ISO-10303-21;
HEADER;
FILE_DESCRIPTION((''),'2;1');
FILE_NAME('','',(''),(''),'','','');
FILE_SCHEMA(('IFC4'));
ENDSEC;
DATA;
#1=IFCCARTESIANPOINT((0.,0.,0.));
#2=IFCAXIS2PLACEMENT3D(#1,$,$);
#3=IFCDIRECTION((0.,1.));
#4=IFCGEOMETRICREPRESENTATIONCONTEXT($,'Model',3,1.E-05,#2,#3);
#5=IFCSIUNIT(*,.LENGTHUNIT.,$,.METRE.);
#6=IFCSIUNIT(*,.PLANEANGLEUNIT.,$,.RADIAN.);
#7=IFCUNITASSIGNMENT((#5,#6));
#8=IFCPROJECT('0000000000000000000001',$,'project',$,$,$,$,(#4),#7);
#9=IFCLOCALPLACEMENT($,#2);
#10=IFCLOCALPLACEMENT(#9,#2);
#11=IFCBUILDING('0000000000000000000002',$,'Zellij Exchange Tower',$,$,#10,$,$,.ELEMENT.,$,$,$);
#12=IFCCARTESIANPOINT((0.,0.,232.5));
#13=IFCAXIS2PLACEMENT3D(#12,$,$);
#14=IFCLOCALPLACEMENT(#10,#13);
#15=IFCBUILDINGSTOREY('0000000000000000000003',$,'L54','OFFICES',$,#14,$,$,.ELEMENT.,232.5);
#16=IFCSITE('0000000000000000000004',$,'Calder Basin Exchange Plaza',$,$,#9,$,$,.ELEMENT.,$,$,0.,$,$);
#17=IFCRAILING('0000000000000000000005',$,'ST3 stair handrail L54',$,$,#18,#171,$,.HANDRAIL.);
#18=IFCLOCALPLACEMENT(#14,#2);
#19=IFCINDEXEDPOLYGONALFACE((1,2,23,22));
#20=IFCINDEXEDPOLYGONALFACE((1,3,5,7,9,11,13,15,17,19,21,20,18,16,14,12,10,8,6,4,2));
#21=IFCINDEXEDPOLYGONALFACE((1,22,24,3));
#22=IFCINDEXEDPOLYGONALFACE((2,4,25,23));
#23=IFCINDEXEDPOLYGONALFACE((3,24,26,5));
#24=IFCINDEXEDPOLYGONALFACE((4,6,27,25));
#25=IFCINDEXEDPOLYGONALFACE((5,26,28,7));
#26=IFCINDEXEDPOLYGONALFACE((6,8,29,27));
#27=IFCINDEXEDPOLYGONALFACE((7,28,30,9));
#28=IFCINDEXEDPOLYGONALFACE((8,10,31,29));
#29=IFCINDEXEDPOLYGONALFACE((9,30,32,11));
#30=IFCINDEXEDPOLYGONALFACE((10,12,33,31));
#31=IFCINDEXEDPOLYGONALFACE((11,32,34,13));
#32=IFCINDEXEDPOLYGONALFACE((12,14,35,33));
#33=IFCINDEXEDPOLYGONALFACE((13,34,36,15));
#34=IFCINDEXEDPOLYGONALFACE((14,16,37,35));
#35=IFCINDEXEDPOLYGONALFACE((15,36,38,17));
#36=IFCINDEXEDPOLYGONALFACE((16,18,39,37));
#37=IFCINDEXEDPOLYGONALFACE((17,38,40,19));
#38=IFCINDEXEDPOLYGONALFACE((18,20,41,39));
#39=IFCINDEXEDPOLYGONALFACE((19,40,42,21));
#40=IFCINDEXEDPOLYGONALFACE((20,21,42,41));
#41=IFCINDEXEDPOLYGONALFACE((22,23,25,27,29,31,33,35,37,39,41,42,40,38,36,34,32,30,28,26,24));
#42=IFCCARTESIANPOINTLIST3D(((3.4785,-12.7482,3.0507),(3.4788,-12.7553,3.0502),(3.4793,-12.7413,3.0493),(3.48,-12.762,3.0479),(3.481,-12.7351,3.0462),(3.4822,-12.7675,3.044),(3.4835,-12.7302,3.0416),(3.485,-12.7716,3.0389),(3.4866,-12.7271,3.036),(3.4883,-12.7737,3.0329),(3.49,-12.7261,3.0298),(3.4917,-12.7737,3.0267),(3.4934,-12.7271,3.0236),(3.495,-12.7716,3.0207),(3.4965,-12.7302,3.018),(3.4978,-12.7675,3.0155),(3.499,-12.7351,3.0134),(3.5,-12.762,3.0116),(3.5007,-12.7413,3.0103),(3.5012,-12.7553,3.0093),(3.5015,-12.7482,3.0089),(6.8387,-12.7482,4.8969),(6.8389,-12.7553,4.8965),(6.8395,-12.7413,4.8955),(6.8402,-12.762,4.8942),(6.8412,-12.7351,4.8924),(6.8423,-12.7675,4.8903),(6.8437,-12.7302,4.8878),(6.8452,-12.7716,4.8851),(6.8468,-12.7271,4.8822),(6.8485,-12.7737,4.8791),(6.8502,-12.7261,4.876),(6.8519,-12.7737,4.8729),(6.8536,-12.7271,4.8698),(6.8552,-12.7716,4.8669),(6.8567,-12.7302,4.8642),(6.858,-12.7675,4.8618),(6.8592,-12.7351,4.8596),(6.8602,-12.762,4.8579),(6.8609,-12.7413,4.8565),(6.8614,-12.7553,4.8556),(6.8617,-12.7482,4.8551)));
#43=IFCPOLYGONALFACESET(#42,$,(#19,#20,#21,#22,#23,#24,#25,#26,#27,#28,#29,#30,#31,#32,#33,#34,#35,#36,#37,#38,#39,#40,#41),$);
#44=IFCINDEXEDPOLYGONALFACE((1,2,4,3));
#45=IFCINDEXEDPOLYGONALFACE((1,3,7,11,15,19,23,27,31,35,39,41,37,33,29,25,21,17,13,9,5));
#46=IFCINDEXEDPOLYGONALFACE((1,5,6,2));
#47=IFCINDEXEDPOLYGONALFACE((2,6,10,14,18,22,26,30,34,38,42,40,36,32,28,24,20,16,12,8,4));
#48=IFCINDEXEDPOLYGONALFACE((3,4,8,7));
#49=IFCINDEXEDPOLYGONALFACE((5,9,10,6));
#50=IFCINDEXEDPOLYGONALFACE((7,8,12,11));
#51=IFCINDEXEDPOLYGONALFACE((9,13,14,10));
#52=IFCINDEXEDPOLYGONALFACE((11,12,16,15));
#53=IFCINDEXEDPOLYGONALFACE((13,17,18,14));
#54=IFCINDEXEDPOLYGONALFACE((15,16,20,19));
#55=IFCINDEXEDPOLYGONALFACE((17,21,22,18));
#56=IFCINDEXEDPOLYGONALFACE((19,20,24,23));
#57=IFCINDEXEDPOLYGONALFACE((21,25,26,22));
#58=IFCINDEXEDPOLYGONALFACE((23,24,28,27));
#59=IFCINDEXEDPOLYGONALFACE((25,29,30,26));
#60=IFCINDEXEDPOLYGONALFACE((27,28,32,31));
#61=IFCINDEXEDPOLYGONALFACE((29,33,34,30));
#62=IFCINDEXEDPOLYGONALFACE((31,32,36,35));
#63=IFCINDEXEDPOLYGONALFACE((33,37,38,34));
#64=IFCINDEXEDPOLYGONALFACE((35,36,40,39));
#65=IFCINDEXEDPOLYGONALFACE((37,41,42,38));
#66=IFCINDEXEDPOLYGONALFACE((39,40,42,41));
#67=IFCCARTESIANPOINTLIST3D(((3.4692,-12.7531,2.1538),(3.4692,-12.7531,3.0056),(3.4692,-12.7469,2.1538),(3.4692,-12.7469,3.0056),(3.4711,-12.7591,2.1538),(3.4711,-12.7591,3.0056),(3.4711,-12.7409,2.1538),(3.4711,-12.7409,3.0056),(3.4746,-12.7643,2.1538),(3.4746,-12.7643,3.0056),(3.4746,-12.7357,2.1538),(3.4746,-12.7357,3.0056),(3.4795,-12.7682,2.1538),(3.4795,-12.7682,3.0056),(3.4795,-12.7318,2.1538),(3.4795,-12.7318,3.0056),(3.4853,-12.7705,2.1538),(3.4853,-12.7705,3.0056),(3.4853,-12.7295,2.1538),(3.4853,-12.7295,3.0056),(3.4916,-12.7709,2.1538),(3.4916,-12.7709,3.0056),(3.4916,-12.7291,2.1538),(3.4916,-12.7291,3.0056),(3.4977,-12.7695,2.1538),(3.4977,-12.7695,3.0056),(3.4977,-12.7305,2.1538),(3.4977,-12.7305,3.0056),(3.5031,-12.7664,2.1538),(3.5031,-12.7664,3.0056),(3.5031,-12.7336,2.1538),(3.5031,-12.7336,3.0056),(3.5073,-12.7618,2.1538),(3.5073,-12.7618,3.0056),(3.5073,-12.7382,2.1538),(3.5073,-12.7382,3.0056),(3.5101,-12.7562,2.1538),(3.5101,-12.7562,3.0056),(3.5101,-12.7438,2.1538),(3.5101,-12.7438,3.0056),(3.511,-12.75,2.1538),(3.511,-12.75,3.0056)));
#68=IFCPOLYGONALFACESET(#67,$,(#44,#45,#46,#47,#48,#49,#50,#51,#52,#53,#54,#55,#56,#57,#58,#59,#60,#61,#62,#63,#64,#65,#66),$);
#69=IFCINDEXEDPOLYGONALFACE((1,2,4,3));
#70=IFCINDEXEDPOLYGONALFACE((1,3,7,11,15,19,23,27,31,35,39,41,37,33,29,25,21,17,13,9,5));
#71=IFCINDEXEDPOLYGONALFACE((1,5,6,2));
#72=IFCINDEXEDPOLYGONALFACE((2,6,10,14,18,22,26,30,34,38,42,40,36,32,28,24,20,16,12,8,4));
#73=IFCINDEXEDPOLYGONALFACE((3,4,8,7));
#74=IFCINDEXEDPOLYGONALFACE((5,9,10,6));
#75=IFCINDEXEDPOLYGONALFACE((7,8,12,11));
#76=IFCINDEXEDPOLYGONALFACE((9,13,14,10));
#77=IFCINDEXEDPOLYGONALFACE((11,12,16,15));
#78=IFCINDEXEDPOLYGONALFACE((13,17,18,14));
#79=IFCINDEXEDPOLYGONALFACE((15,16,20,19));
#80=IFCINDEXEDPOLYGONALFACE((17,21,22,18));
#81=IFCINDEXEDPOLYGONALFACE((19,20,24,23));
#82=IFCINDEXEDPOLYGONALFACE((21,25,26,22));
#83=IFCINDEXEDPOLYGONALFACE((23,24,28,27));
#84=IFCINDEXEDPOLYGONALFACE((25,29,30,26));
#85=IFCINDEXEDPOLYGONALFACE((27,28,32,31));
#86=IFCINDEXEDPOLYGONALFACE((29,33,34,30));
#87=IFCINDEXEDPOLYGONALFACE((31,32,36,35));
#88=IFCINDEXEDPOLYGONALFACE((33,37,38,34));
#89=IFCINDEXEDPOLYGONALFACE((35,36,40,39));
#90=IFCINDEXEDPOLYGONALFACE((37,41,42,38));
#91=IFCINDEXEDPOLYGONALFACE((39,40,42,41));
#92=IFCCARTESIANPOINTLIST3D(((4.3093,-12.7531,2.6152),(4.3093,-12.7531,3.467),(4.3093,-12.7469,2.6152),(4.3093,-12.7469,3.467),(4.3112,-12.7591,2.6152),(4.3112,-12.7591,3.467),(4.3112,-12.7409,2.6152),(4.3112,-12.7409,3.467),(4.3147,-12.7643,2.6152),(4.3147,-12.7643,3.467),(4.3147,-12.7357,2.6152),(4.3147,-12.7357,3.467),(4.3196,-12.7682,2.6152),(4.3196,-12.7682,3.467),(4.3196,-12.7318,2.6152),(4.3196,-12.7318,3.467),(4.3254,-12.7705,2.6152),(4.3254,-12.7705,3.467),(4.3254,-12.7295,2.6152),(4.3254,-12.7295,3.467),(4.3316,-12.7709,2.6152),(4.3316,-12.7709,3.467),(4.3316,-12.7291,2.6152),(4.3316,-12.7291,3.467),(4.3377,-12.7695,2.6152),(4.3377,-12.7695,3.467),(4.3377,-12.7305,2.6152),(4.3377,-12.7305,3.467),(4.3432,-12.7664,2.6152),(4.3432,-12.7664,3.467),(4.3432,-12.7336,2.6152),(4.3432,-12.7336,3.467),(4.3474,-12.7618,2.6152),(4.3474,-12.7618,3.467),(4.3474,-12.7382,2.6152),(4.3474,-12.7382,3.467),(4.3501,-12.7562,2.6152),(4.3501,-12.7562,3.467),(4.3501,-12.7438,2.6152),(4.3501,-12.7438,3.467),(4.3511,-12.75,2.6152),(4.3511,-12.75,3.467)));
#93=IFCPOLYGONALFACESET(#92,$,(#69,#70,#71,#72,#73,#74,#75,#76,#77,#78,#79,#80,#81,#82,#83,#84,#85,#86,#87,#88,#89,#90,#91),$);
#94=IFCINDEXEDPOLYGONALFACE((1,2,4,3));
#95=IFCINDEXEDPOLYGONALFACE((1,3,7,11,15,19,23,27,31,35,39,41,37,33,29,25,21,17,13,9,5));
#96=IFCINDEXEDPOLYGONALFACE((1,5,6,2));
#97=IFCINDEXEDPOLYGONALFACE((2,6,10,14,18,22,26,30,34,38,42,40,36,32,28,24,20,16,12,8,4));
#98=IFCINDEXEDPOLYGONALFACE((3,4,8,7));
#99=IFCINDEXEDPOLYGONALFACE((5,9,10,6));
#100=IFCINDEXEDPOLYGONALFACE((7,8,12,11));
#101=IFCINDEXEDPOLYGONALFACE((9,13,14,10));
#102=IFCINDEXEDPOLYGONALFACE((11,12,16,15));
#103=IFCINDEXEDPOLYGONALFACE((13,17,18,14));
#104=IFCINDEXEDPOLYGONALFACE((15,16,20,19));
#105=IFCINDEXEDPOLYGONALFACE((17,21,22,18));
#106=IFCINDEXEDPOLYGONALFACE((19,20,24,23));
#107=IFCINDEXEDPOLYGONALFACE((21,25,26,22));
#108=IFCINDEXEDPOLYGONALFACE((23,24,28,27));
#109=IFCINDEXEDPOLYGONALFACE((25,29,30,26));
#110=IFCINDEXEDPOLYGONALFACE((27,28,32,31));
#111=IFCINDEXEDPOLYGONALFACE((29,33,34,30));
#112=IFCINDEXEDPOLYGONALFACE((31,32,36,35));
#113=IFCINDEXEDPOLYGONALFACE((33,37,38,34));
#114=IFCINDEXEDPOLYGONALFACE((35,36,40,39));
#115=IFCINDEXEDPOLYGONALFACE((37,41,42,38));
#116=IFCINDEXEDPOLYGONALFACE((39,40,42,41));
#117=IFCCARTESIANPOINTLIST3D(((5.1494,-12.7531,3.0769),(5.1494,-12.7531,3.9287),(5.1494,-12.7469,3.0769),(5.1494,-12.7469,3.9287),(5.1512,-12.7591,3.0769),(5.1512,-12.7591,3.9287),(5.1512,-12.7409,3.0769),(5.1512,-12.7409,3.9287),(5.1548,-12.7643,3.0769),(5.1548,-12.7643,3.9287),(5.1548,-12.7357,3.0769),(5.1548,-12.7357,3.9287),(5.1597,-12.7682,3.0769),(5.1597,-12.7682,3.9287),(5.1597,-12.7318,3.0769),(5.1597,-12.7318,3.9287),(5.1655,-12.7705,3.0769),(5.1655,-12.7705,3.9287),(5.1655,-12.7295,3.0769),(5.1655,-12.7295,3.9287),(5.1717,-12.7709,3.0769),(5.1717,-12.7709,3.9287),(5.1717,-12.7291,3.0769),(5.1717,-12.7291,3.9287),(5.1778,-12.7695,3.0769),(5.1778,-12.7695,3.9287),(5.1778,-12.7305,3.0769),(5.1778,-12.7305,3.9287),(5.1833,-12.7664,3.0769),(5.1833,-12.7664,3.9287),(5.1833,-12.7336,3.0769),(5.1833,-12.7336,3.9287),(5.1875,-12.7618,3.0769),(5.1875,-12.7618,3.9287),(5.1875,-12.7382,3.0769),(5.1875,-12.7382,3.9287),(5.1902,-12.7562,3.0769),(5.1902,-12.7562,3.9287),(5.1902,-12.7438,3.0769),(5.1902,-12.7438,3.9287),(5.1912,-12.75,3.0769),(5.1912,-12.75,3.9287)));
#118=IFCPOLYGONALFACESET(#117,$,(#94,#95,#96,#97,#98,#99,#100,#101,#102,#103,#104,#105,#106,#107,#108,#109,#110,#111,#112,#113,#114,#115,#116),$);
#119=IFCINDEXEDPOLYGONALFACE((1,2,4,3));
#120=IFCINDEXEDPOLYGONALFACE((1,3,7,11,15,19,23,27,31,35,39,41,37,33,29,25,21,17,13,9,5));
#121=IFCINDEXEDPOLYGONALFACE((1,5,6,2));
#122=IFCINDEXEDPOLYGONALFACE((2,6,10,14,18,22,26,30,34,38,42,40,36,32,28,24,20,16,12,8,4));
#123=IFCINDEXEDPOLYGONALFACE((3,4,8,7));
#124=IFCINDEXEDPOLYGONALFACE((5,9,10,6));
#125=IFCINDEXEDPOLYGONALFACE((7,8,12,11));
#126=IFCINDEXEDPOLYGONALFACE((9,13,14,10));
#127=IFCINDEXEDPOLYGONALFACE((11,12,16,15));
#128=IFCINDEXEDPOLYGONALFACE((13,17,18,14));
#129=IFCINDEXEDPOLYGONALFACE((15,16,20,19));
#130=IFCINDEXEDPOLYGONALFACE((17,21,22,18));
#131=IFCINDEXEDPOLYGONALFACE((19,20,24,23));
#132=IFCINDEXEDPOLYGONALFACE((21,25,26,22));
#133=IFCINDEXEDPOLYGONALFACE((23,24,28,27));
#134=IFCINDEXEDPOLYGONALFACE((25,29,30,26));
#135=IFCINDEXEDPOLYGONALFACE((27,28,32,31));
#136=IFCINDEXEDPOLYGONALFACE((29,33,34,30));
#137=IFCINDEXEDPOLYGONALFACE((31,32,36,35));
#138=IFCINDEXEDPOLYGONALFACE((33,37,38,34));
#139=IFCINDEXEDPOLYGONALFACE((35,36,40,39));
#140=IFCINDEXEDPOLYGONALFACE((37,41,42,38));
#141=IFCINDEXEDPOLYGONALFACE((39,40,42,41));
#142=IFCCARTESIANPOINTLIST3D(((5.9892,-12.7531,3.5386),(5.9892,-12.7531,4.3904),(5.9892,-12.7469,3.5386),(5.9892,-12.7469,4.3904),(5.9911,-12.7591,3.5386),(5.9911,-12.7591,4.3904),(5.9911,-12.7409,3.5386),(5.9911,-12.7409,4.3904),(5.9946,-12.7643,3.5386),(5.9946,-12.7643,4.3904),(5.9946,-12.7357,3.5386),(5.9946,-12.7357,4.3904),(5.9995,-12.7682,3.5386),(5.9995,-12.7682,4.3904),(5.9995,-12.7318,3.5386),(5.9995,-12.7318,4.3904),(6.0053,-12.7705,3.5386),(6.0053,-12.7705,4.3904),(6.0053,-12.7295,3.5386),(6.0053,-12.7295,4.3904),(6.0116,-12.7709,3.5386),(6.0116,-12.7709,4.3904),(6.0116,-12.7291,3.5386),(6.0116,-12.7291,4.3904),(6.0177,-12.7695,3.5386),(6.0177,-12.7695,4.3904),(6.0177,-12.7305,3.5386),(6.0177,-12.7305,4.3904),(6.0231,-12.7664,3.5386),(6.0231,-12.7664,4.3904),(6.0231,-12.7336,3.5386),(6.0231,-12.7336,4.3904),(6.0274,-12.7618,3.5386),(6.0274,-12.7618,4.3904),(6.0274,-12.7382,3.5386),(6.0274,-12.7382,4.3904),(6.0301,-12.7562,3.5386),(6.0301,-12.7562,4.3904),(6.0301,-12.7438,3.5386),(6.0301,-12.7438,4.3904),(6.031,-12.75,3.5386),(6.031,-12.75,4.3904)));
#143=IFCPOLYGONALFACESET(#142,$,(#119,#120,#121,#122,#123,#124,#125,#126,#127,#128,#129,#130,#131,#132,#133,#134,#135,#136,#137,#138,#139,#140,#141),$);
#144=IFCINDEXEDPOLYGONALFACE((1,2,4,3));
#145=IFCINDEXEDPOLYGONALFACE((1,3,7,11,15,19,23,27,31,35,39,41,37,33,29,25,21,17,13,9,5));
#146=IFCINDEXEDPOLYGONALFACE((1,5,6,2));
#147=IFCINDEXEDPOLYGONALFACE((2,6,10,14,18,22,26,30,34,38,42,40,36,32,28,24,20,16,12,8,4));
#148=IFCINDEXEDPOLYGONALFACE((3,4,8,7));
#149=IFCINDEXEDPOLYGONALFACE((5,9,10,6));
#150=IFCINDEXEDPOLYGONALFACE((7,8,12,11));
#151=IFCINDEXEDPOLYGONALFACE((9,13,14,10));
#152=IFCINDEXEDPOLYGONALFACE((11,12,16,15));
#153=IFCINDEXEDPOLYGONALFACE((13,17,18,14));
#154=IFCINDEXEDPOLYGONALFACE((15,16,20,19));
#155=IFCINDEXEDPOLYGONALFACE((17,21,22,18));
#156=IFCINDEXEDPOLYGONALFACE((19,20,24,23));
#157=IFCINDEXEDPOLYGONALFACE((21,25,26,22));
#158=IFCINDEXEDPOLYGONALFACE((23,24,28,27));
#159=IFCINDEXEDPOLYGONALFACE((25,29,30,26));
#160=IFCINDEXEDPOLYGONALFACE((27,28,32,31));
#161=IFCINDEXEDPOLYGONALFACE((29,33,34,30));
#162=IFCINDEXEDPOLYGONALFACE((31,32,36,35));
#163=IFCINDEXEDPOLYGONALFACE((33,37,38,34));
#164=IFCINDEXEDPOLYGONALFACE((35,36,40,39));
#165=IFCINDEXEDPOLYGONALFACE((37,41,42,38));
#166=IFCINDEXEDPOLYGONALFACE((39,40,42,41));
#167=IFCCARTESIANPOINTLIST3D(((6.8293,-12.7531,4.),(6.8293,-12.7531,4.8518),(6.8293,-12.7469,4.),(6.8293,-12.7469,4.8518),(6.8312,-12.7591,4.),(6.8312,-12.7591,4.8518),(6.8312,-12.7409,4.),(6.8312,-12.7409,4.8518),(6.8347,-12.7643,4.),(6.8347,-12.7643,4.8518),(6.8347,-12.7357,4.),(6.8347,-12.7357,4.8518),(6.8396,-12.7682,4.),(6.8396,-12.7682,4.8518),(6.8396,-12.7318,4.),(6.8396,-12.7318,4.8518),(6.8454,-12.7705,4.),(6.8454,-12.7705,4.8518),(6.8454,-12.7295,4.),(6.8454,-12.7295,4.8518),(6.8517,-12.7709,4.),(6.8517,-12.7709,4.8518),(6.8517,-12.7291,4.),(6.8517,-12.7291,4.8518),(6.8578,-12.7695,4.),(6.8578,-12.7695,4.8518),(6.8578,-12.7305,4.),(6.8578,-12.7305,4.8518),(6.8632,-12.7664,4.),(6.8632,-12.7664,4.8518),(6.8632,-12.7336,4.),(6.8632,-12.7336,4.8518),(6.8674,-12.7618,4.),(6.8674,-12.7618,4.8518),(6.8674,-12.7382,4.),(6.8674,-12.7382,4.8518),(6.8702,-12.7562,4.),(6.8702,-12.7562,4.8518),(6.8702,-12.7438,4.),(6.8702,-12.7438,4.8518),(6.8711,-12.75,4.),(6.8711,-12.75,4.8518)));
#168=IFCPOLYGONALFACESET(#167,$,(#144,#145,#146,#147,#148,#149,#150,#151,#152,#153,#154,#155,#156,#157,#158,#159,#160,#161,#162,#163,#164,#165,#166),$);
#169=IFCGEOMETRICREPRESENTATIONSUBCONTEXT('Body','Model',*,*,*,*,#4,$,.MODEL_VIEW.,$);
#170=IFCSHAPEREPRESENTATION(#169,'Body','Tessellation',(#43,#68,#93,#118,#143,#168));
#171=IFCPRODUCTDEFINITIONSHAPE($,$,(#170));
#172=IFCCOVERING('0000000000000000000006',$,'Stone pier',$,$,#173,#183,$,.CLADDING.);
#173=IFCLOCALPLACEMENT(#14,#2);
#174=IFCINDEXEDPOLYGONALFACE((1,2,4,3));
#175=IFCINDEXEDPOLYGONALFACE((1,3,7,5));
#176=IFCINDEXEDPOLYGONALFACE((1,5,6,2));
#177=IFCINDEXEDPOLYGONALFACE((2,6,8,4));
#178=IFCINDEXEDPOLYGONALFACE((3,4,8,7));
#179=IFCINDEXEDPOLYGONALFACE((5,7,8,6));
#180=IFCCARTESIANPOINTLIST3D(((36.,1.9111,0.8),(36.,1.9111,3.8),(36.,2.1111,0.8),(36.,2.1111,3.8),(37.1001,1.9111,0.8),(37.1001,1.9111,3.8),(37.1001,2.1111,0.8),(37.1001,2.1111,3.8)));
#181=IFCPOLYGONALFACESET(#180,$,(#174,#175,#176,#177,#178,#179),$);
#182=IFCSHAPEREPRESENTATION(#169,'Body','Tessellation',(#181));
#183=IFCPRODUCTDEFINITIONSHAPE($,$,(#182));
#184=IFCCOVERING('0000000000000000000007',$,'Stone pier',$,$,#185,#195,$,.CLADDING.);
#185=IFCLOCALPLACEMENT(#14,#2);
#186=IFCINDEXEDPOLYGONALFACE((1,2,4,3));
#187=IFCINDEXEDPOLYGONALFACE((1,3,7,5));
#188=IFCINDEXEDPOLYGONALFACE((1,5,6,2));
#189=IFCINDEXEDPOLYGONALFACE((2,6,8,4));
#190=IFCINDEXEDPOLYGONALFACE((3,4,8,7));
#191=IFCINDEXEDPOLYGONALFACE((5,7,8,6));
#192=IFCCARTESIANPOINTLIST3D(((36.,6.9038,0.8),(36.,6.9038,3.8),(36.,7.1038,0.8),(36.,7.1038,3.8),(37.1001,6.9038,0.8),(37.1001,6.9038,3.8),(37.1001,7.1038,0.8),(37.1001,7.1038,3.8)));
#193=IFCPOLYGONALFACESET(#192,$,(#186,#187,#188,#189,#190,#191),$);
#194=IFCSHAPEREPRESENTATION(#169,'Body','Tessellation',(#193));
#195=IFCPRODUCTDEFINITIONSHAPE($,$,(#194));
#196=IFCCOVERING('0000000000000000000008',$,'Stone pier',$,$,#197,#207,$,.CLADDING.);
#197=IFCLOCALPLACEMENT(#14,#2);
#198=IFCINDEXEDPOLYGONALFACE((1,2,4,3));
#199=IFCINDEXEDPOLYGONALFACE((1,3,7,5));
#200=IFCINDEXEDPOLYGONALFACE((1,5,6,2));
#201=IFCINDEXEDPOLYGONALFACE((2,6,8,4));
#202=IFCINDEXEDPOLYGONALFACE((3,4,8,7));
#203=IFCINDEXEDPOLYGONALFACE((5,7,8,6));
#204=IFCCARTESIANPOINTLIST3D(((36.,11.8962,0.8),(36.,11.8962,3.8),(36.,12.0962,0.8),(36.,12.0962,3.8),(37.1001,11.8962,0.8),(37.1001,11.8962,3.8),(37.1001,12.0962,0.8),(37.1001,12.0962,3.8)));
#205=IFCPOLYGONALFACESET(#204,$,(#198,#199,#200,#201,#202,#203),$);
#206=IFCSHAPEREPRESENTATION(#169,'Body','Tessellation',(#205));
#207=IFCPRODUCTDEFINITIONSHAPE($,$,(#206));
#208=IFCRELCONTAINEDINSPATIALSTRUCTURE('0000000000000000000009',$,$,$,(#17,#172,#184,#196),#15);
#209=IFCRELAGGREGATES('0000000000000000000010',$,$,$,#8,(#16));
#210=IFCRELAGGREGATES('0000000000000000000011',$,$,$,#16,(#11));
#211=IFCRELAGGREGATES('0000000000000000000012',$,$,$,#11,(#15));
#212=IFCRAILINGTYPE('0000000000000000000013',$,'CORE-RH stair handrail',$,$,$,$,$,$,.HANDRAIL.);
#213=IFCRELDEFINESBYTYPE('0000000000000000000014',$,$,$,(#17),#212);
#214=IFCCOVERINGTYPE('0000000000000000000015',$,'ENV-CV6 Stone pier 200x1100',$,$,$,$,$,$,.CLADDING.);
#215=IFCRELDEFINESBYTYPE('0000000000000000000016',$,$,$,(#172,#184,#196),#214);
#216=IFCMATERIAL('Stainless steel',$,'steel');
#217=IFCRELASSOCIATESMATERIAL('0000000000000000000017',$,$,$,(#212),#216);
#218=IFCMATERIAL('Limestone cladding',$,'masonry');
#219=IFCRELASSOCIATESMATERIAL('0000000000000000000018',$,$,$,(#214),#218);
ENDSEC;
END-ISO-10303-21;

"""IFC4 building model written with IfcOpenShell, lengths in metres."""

from ifc_helpers import new_model, si_unit, direction, frame, origin, origin_2d, place, context, subcontext, project, spatial, polyline, circle, outline, extrude, material, type_object, element, save


model = new_model("IFC4")

# Units and contexts
model_context = context("Model", 3, precision=1e-05, world=origin(), true_north=direction((0.0, 1.0)))
body_context = subcontext(model_context, "Body", "Model", "MODEL_VIEW")
ifc_project = project(units=[si_unit("LENGTHUNIT", "METRE"), si_unit("PLANEANGLEUNIT", "RADIAN")], contexts=[model_context])

# Site, building, storey
site_placement = place(None, origin())
site = spatial("IfcSite", under=ifc_project, at=site_placement, Name="Calder Basin Exchange Plaza", CompositionType="ELEMENT", RefElevation=0.0)
building_placement = place(site_placement, origin())
building = spatial("IfcBuilding", under=site, at=building_placement, Name="Zellij Exchange Tower", CompositionType="ELEMENT")
storey_placement = place(building_placement, frame((0.0, 0.0, 232.5)))
storey = spatial("IfcBuildingStorey", under=building, at=storey_placement, Name="L54", Description="OFFICES", CompositionType="ELEMENT", Elevation=232.5)

# Railing
ifc_material_1 = material(Name="Stainless steel", Category="steel")
railing_type_1 = type_object("IfcRailingType", Name="CORE-RH stair handrail", PredefinedType="HANDRAIL", material=ifc_material_1)
railing_1_placement = place(storey_placement, frame((3.49, -12.75, 2.1538)))
element("IfcRailing", 1, at=railing_1_placement, inside=storey, type_object=railing_type_1, Name="ST3 stair handrail L54", PredefinedType="HANDRAIL", context=body_context, shape_type="SweptSolid", body=[
    extrude(circle(Radius=0.0239, at=origin_2d()), frame((0.0, 0.0, 0.876), z_axis=(0.876422, 0.0, 0.481545), x_axis=(0.0, 1.0, 0.0)), (0.0, 0.0, 1.0), 3.834),
    extrude(circle(Radius=0.021, at=origin_2d()), origin(), (0.0, 0.0, 1.0), 0.8518),
    extrude(circle(Radius=0.021, at=origin_2d()), frame((0.8401, 0.0, 0.4614)), (0.0, 0.0, 1.0), 0.8518),
    extrude(circle(Radius=0.021, at=origin_2d()), frame((1.6802, 0.0, 0.9231)), (0.0, 0.0, 1.0), 0.8518),
    extrude(circle(Radius=0.021, at=origin_2d()), frame((2.52, 0.0, 1.3848)), (0.0, 0.0, 1.0), 0.8518),
    extrude(circle(Radius=0.021, at=origin_2d()), frame((3.3601, 0.0, 1.8462)), (0.0, 0.0, 1.0), 0.8518),
])

# Coverings
ifc_material_2 = material(Name="Limestone cladding", Category="masonry")
covering_type = type_object("IfcCoveringType", Name="ENV-CV6 Stone pier 200x1100", PredefinedType="CLADDING", material=ifc_material_2)
covering_1_placement = place(storey_placement, frame((0.0, 0.0, 0.8)))
element("IfcCovering", 2, at=covering_1_placement, inside=storey, type_object=covering_type, Name="Stone pier", PredefinedType="CLADDING", context=body_context, shape_type="SweptSolid", body=[
    extrude(outline(polyline([(36.0, 1.9111), (36.0, 2.1111), (37.1001, 2.1111), (37.1001, 1.9111), (36.0, 1.9111)])), origin(), (0.0, 0.0, 1.0), 3.0),
])
covering_2_placement = place(storey_placement, frame((0.0, 0.0, 0.8)))
element("IfcCovering", 3, at=covering_2_placement, inside=storey, type_object=covering_type, Name="Stone pier", PredefinedType="CLADDING", context=body_context, shape_type="SweptSolid", body=[
    extrude(outline(polyline([(36.0, 6.9038), (36.0, 7.1038), (37.1001, 7.1038), (37.1001, 6.9038), (36.0, 6.9038)])), origin(), (0.0, 0.0, 1.0), 3.0),
])
covering_3_placement = place(storey_placement, frame((0.0, 0.0, 0.8)))
element("IfcCovering", 4, at=covering_3_placement, inside=storey, type_object=covering_type, Name="Stone pier", PredefinedType="CLADDING", context=body_context, shape_type="SweptSolid", body=[
    extrude(outline(polyline([(36.0, 11.8962), (36.0, 12.0962), (37.1001, 12.0962), (37.1001, 11.8962), (36.0, 11.8962)])), origin(), (0.0, 0.0, 1.0), 3.0),
])

save(model, "model.ifc")
